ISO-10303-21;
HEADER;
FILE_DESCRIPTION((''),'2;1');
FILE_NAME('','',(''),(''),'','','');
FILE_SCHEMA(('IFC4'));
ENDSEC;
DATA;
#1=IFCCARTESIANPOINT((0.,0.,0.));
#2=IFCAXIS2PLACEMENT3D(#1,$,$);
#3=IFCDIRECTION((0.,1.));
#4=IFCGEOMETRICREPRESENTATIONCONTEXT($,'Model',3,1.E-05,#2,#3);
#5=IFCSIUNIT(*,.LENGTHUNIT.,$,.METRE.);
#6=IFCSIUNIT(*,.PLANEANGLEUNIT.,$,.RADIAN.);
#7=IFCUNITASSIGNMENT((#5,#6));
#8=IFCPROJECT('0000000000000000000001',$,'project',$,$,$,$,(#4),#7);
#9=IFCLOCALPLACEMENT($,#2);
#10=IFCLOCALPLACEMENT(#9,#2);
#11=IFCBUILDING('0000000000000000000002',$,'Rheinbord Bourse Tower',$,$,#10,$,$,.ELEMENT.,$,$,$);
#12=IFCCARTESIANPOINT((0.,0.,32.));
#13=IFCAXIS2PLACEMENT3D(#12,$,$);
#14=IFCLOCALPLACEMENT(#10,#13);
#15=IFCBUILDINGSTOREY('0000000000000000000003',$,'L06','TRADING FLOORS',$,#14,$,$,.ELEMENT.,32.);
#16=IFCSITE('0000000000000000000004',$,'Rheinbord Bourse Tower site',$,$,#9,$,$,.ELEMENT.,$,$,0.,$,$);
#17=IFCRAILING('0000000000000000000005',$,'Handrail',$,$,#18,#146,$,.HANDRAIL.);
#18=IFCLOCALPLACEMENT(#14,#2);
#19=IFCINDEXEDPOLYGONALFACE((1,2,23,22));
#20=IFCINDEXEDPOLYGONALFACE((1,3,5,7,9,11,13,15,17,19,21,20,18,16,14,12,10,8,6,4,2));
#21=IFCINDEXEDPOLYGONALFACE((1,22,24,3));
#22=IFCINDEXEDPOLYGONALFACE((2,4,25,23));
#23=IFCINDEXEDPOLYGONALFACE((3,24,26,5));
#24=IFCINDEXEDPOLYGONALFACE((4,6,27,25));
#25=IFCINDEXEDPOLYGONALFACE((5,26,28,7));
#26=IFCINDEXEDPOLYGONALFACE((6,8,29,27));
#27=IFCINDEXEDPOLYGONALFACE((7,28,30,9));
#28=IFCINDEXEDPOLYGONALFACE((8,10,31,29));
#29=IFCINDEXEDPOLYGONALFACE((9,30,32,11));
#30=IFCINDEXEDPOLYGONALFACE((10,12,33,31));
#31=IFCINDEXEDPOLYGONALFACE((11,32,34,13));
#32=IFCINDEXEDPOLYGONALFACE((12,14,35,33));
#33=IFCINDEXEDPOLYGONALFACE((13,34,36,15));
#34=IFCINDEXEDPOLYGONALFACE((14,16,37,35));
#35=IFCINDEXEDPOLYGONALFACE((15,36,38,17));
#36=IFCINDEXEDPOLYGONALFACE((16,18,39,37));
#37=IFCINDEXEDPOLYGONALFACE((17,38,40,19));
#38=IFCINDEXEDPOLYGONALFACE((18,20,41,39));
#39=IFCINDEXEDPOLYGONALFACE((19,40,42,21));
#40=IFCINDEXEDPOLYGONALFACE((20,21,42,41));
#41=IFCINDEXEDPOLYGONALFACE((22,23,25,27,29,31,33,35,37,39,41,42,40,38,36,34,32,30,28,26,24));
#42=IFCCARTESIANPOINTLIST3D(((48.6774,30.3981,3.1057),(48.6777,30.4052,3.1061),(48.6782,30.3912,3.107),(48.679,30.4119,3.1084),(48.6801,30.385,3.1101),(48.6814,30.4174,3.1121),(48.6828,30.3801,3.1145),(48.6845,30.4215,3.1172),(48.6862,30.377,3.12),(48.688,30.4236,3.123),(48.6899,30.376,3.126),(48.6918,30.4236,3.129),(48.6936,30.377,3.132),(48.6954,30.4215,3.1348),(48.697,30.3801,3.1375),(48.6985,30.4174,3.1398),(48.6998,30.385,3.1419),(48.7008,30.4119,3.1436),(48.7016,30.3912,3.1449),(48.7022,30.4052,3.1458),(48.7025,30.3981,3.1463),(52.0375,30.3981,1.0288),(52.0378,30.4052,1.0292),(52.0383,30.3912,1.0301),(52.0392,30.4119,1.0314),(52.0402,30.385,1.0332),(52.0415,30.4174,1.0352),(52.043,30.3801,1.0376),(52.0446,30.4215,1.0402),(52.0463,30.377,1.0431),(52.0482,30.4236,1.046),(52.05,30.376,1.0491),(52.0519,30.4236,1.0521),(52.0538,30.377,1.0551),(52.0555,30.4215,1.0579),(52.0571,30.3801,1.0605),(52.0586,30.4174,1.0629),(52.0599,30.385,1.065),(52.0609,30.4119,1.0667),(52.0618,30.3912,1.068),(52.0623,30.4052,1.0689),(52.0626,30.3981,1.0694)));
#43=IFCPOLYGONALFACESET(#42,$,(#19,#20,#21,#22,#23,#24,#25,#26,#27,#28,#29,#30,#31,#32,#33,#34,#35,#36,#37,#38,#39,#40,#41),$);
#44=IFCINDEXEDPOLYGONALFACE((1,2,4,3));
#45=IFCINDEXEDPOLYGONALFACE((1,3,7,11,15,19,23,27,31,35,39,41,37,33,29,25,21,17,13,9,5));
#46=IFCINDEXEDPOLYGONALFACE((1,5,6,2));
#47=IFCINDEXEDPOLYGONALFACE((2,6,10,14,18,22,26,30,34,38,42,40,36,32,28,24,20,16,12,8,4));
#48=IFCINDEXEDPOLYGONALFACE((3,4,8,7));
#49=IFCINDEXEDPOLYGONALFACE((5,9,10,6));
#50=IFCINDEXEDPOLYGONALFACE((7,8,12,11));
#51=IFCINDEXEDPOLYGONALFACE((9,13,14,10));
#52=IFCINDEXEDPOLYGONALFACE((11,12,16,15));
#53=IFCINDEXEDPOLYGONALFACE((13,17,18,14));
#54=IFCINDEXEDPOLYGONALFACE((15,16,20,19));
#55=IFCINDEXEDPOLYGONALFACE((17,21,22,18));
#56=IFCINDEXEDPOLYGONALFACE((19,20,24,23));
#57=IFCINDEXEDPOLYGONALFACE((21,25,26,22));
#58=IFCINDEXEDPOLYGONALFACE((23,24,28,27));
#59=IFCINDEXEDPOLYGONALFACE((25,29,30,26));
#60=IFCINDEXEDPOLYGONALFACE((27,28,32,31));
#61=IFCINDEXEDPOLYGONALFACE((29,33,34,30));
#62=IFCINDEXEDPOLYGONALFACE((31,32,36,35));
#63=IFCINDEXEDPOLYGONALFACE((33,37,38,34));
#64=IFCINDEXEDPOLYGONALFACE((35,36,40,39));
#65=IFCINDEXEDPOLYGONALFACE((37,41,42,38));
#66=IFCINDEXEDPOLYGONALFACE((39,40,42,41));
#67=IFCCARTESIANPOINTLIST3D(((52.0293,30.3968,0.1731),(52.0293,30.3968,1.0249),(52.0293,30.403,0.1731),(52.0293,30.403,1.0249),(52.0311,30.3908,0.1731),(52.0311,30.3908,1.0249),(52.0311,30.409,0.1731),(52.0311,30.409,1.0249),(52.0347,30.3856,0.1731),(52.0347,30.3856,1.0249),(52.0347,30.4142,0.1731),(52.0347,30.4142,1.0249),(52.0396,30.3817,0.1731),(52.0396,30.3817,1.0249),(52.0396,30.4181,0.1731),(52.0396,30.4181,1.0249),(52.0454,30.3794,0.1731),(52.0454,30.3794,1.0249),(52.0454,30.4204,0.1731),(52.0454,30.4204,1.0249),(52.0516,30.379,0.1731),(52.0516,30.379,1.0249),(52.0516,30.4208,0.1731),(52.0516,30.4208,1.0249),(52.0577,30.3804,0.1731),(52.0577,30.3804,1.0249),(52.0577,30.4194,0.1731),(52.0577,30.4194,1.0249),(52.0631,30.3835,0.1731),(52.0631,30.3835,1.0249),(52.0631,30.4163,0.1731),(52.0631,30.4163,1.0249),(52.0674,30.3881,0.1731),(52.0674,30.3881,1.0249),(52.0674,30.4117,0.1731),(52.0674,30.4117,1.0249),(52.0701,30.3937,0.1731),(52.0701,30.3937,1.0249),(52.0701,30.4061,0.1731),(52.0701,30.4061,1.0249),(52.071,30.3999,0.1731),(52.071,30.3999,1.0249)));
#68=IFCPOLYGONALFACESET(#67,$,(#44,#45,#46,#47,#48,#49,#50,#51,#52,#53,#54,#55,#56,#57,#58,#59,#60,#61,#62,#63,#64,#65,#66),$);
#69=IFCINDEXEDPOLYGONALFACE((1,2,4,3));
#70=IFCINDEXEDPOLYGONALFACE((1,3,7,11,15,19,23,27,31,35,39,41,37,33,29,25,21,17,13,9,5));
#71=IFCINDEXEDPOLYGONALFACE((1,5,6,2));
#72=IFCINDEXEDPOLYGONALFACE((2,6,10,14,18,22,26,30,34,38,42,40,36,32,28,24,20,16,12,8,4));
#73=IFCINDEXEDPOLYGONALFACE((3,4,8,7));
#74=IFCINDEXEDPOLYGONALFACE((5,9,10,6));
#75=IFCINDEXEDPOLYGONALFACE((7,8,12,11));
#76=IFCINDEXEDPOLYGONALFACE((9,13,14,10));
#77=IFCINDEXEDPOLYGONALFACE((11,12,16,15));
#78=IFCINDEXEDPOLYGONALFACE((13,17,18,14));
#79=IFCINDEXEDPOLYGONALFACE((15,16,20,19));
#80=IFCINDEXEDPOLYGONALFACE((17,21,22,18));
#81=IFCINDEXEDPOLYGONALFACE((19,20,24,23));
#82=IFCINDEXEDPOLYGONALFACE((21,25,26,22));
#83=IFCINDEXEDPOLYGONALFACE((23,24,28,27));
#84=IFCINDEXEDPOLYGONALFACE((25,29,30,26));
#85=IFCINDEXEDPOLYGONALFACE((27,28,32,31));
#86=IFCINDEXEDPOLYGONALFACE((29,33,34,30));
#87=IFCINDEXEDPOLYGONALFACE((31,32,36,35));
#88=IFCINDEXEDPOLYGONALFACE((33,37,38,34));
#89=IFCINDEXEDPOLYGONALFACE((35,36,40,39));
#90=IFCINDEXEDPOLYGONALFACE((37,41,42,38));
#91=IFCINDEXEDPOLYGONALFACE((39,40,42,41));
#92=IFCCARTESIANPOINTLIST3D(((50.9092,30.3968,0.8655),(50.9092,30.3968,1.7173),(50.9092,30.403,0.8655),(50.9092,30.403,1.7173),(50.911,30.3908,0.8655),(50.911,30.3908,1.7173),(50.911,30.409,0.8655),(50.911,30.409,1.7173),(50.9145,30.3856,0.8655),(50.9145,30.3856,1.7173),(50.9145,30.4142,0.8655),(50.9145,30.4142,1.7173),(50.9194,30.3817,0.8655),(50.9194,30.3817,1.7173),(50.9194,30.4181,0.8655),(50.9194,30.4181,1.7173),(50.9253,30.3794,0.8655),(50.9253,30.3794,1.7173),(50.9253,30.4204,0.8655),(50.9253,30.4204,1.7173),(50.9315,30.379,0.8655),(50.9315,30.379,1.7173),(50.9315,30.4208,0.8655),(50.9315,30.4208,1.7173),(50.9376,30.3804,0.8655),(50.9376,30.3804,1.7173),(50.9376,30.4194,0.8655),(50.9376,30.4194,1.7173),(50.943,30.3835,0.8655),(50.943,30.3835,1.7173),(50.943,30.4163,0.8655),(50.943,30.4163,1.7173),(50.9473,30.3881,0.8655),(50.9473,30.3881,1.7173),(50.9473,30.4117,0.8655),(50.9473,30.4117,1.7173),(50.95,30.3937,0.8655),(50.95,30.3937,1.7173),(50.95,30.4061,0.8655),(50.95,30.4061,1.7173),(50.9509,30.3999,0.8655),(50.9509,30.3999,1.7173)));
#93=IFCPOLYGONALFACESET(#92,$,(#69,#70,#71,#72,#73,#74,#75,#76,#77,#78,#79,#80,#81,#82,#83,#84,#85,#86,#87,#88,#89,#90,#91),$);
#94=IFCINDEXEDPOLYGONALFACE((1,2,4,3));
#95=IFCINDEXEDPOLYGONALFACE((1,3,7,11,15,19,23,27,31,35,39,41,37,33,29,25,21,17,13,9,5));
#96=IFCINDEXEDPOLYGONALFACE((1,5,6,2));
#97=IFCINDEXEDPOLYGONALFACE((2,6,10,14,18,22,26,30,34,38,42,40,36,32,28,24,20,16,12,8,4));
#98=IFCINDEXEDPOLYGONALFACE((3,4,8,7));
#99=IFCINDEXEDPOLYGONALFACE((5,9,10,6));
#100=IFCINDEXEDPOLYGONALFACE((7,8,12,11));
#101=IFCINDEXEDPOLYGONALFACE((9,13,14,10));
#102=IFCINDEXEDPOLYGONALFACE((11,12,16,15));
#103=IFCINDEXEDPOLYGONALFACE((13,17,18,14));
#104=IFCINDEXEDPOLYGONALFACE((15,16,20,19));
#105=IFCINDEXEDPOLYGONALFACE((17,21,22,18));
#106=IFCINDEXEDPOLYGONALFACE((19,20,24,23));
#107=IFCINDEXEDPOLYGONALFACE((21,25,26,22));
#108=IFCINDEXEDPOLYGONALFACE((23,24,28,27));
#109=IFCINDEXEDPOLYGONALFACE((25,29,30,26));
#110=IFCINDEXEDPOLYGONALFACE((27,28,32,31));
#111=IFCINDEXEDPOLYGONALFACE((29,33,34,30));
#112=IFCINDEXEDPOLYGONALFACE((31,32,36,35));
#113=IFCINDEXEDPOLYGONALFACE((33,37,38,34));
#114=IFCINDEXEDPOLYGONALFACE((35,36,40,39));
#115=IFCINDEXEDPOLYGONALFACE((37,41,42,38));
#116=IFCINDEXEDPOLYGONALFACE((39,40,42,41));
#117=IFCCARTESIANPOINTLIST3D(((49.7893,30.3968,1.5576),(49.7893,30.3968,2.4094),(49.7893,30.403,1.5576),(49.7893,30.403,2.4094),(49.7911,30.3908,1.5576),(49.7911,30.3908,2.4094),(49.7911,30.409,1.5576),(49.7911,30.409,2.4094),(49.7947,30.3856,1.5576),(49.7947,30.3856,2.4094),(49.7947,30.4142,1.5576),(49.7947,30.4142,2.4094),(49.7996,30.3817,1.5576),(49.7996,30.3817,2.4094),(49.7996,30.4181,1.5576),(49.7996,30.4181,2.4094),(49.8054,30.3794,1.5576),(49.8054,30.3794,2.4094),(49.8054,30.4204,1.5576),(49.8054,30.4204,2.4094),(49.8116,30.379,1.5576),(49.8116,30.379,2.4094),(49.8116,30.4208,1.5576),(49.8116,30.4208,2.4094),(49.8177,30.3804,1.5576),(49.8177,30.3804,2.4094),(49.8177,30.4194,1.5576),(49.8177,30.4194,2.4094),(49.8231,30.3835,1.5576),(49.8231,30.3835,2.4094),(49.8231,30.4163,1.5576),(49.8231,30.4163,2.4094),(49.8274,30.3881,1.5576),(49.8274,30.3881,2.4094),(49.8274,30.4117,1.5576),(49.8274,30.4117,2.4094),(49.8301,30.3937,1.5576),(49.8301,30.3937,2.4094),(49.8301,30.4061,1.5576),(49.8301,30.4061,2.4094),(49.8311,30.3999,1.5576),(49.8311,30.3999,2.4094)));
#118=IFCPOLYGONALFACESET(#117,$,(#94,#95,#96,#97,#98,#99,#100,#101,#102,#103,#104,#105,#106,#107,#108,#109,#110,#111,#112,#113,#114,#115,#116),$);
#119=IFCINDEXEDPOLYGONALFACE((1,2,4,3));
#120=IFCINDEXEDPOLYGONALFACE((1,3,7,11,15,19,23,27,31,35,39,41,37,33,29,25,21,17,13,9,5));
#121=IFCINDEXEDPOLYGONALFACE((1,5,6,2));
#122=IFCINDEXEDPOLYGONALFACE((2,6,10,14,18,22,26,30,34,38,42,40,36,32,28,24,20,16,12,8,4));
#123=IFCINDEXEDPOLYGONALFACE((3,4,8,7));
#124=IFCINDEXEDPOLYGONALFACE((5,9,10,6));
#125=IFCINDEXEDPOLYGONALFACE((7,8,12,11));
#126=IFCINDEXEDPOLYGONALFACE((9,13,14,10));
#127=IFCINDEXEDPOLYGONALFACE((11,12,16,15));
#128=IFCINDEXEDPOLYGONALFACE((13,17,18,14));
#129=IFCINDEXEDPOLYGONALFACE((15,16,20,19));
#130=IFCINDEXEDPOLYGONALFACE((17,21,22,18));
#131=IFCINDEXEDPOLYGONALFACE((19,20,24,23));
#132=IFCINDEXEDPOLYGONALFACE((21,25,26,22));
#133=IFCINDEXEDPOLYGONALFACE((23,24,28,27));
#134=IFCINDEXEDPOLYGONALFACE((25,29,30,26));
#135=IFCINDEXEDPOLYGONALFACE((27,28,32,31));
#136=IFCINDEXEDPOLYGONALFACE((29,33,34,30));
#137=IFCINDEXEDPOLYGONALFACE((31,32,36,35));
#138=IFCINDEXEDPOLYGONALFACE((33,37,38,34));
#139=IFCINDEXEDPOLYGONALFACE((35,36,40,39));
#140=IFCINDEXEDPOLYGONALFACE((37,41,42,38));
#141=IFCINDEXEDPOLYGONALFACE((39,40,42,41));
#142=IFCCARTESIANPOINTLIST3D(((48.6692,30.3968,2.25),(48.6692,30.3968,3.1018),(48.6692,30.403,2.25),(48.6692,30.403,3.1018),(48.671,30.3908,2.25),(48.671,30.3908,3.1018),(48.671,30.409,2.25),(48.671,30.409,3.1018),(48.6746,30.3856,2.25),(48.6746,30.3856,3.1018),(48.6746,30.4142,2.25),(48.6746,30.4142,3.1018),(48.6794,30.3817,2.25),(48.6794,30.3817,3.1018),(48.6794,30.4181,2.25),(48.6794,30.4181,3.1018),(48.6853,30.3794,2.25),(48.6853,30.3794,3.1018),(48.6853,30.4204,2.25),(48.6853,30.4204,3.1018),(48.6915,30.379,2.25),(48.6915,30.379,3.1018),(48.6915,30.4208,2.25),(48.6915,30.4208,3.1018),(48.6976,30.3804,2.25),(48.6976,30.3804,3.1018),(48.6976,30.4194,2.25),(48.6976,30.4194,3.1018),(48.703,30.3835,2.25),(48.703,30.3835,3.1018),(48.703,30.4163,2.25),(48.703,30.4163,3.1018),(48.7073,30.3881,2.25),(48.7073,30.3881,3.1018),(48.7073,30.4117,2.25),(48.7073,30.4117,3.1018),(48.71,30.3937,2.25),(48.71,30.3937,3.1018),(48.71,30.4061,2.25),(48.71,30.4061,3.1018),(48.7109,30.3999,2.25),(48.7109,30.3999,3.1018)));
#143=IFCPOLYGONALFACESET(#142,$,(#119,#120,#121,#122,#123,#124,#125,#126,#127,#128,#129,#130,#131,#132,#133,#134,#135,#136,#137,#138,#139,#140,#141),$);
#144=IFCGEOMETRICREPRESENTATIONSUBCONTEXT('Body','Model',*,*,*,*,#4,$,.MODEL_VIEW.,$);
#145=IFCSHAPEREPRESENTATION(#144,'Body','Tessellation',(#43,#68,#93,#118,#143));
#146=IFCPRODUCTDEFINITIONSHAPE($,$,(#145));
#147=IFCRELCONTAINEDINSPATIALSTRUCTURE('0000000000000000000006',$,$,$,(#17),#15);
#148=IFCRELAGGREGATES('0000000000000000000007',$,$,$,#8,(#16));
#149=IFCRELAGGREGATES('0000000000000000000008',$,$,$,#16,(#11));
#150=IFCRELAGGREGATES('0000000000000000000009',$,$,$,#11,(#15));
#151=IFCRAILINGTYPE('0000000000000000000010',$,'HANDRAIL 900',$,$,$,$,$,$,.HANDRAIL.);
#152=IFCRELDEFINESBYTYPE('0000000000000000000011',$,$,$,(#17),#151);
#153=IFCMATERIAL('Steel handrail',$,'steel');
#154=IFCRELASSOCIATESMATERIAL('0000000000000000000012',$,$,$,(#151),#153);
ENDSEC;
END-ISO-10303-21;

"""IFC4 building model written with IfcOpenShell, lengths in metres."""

from ifc_helpers import new_model, si_unit, direction, frame, origin, origin_2d, place, context, subcontext, project, spatial, circle, extrude, material, type_object, element, save


model = new_model("IFC4")

# Units and contexts
model_context = context("Model", 3, precision=1e-05, world=origin(), true_north=direction((0.0, 1.0)))
body_context = subcontext(model_context, "Body", "Model", "MODEL_VIEW")
ifc_project = project(units=[si_unit("LENGTHUNIT", "METRE"), si_unit("PLANEANGLEUNIT", "RADIAN")], contexts=[model_context])

# Site, building, storey
site_placement = place(None, origin())
site = spatial("IfcSite", under=ifc_project, at=site_placement, Name="Rheinbord Bourse Tower site", CompositionType="ELEMENT", RefElevation=0.0)
building_placement = place(site_placement, origin())
building = spatial("IfcBuilding", under=site, at=building_placement, Name="Rheinbord Bourse Tower", CompositionType="ELEMENT")
storey_placement = place(building_placement, frame((0.0, 0.0, 32.0)))
storey = spatial("IfcBuildingStorey", under=building, at=storey_placement, Name="L06", Description="TRADING FLOORS", CompositionType="ELEMENT", Elevation=32.0)

# Railing
ifc_material_1 = material(Name="Steel handrail", Category="steel")
railing_type = type_object("IfcRailingType", Name="HANDRAIL 900", PredefinedType="HANDRAIL", material=ifc_material_1)
railing_1_placement = place(storey_placement, frame((52.05, 30.3999, 0.1731)))
element("IfcRailing", 1, at=railing_1_placement, inside=storey, type_object=railing_type, Name="Handrail", PredefinedType="HANDRAIL", context=body_context, shape_type="SweptSolid", body=[
    extrude(circle(Radius=0.0239, at=origin_2d()), frame((0.0, 0.0, 0.876), z_axis=(-0.850623, 0.0, 0.525776), x_axis=(0.0, -1.0, 0.0)), (0.0, 0.0, 1.0), 3.9502),
    extrude(circle(Radius=0.021, at=origin_2d()), origin(), (0.0, 0.0, 1.0), 0.8518),
    extrude(circle(Radius=0.021, at=origin_2d()), frame((-1.1201, 0.0, 0.6924)), (0.0, 0.0, 1.0), 0.8518),
    extrude(circle(Radius=0.021, at=origin_2d()), frame((-2.24, 0.0, 1.3845)), (0.0, 0.0, 1.0), 0.8518),
    extrude(circle(Radius=0.021, at=origin_2d()), frame((-3.3601, 0.0, 2.0769)), (0.0, 0.0, 1.0), 0.8518),
])

save(model, "model.ifc")
